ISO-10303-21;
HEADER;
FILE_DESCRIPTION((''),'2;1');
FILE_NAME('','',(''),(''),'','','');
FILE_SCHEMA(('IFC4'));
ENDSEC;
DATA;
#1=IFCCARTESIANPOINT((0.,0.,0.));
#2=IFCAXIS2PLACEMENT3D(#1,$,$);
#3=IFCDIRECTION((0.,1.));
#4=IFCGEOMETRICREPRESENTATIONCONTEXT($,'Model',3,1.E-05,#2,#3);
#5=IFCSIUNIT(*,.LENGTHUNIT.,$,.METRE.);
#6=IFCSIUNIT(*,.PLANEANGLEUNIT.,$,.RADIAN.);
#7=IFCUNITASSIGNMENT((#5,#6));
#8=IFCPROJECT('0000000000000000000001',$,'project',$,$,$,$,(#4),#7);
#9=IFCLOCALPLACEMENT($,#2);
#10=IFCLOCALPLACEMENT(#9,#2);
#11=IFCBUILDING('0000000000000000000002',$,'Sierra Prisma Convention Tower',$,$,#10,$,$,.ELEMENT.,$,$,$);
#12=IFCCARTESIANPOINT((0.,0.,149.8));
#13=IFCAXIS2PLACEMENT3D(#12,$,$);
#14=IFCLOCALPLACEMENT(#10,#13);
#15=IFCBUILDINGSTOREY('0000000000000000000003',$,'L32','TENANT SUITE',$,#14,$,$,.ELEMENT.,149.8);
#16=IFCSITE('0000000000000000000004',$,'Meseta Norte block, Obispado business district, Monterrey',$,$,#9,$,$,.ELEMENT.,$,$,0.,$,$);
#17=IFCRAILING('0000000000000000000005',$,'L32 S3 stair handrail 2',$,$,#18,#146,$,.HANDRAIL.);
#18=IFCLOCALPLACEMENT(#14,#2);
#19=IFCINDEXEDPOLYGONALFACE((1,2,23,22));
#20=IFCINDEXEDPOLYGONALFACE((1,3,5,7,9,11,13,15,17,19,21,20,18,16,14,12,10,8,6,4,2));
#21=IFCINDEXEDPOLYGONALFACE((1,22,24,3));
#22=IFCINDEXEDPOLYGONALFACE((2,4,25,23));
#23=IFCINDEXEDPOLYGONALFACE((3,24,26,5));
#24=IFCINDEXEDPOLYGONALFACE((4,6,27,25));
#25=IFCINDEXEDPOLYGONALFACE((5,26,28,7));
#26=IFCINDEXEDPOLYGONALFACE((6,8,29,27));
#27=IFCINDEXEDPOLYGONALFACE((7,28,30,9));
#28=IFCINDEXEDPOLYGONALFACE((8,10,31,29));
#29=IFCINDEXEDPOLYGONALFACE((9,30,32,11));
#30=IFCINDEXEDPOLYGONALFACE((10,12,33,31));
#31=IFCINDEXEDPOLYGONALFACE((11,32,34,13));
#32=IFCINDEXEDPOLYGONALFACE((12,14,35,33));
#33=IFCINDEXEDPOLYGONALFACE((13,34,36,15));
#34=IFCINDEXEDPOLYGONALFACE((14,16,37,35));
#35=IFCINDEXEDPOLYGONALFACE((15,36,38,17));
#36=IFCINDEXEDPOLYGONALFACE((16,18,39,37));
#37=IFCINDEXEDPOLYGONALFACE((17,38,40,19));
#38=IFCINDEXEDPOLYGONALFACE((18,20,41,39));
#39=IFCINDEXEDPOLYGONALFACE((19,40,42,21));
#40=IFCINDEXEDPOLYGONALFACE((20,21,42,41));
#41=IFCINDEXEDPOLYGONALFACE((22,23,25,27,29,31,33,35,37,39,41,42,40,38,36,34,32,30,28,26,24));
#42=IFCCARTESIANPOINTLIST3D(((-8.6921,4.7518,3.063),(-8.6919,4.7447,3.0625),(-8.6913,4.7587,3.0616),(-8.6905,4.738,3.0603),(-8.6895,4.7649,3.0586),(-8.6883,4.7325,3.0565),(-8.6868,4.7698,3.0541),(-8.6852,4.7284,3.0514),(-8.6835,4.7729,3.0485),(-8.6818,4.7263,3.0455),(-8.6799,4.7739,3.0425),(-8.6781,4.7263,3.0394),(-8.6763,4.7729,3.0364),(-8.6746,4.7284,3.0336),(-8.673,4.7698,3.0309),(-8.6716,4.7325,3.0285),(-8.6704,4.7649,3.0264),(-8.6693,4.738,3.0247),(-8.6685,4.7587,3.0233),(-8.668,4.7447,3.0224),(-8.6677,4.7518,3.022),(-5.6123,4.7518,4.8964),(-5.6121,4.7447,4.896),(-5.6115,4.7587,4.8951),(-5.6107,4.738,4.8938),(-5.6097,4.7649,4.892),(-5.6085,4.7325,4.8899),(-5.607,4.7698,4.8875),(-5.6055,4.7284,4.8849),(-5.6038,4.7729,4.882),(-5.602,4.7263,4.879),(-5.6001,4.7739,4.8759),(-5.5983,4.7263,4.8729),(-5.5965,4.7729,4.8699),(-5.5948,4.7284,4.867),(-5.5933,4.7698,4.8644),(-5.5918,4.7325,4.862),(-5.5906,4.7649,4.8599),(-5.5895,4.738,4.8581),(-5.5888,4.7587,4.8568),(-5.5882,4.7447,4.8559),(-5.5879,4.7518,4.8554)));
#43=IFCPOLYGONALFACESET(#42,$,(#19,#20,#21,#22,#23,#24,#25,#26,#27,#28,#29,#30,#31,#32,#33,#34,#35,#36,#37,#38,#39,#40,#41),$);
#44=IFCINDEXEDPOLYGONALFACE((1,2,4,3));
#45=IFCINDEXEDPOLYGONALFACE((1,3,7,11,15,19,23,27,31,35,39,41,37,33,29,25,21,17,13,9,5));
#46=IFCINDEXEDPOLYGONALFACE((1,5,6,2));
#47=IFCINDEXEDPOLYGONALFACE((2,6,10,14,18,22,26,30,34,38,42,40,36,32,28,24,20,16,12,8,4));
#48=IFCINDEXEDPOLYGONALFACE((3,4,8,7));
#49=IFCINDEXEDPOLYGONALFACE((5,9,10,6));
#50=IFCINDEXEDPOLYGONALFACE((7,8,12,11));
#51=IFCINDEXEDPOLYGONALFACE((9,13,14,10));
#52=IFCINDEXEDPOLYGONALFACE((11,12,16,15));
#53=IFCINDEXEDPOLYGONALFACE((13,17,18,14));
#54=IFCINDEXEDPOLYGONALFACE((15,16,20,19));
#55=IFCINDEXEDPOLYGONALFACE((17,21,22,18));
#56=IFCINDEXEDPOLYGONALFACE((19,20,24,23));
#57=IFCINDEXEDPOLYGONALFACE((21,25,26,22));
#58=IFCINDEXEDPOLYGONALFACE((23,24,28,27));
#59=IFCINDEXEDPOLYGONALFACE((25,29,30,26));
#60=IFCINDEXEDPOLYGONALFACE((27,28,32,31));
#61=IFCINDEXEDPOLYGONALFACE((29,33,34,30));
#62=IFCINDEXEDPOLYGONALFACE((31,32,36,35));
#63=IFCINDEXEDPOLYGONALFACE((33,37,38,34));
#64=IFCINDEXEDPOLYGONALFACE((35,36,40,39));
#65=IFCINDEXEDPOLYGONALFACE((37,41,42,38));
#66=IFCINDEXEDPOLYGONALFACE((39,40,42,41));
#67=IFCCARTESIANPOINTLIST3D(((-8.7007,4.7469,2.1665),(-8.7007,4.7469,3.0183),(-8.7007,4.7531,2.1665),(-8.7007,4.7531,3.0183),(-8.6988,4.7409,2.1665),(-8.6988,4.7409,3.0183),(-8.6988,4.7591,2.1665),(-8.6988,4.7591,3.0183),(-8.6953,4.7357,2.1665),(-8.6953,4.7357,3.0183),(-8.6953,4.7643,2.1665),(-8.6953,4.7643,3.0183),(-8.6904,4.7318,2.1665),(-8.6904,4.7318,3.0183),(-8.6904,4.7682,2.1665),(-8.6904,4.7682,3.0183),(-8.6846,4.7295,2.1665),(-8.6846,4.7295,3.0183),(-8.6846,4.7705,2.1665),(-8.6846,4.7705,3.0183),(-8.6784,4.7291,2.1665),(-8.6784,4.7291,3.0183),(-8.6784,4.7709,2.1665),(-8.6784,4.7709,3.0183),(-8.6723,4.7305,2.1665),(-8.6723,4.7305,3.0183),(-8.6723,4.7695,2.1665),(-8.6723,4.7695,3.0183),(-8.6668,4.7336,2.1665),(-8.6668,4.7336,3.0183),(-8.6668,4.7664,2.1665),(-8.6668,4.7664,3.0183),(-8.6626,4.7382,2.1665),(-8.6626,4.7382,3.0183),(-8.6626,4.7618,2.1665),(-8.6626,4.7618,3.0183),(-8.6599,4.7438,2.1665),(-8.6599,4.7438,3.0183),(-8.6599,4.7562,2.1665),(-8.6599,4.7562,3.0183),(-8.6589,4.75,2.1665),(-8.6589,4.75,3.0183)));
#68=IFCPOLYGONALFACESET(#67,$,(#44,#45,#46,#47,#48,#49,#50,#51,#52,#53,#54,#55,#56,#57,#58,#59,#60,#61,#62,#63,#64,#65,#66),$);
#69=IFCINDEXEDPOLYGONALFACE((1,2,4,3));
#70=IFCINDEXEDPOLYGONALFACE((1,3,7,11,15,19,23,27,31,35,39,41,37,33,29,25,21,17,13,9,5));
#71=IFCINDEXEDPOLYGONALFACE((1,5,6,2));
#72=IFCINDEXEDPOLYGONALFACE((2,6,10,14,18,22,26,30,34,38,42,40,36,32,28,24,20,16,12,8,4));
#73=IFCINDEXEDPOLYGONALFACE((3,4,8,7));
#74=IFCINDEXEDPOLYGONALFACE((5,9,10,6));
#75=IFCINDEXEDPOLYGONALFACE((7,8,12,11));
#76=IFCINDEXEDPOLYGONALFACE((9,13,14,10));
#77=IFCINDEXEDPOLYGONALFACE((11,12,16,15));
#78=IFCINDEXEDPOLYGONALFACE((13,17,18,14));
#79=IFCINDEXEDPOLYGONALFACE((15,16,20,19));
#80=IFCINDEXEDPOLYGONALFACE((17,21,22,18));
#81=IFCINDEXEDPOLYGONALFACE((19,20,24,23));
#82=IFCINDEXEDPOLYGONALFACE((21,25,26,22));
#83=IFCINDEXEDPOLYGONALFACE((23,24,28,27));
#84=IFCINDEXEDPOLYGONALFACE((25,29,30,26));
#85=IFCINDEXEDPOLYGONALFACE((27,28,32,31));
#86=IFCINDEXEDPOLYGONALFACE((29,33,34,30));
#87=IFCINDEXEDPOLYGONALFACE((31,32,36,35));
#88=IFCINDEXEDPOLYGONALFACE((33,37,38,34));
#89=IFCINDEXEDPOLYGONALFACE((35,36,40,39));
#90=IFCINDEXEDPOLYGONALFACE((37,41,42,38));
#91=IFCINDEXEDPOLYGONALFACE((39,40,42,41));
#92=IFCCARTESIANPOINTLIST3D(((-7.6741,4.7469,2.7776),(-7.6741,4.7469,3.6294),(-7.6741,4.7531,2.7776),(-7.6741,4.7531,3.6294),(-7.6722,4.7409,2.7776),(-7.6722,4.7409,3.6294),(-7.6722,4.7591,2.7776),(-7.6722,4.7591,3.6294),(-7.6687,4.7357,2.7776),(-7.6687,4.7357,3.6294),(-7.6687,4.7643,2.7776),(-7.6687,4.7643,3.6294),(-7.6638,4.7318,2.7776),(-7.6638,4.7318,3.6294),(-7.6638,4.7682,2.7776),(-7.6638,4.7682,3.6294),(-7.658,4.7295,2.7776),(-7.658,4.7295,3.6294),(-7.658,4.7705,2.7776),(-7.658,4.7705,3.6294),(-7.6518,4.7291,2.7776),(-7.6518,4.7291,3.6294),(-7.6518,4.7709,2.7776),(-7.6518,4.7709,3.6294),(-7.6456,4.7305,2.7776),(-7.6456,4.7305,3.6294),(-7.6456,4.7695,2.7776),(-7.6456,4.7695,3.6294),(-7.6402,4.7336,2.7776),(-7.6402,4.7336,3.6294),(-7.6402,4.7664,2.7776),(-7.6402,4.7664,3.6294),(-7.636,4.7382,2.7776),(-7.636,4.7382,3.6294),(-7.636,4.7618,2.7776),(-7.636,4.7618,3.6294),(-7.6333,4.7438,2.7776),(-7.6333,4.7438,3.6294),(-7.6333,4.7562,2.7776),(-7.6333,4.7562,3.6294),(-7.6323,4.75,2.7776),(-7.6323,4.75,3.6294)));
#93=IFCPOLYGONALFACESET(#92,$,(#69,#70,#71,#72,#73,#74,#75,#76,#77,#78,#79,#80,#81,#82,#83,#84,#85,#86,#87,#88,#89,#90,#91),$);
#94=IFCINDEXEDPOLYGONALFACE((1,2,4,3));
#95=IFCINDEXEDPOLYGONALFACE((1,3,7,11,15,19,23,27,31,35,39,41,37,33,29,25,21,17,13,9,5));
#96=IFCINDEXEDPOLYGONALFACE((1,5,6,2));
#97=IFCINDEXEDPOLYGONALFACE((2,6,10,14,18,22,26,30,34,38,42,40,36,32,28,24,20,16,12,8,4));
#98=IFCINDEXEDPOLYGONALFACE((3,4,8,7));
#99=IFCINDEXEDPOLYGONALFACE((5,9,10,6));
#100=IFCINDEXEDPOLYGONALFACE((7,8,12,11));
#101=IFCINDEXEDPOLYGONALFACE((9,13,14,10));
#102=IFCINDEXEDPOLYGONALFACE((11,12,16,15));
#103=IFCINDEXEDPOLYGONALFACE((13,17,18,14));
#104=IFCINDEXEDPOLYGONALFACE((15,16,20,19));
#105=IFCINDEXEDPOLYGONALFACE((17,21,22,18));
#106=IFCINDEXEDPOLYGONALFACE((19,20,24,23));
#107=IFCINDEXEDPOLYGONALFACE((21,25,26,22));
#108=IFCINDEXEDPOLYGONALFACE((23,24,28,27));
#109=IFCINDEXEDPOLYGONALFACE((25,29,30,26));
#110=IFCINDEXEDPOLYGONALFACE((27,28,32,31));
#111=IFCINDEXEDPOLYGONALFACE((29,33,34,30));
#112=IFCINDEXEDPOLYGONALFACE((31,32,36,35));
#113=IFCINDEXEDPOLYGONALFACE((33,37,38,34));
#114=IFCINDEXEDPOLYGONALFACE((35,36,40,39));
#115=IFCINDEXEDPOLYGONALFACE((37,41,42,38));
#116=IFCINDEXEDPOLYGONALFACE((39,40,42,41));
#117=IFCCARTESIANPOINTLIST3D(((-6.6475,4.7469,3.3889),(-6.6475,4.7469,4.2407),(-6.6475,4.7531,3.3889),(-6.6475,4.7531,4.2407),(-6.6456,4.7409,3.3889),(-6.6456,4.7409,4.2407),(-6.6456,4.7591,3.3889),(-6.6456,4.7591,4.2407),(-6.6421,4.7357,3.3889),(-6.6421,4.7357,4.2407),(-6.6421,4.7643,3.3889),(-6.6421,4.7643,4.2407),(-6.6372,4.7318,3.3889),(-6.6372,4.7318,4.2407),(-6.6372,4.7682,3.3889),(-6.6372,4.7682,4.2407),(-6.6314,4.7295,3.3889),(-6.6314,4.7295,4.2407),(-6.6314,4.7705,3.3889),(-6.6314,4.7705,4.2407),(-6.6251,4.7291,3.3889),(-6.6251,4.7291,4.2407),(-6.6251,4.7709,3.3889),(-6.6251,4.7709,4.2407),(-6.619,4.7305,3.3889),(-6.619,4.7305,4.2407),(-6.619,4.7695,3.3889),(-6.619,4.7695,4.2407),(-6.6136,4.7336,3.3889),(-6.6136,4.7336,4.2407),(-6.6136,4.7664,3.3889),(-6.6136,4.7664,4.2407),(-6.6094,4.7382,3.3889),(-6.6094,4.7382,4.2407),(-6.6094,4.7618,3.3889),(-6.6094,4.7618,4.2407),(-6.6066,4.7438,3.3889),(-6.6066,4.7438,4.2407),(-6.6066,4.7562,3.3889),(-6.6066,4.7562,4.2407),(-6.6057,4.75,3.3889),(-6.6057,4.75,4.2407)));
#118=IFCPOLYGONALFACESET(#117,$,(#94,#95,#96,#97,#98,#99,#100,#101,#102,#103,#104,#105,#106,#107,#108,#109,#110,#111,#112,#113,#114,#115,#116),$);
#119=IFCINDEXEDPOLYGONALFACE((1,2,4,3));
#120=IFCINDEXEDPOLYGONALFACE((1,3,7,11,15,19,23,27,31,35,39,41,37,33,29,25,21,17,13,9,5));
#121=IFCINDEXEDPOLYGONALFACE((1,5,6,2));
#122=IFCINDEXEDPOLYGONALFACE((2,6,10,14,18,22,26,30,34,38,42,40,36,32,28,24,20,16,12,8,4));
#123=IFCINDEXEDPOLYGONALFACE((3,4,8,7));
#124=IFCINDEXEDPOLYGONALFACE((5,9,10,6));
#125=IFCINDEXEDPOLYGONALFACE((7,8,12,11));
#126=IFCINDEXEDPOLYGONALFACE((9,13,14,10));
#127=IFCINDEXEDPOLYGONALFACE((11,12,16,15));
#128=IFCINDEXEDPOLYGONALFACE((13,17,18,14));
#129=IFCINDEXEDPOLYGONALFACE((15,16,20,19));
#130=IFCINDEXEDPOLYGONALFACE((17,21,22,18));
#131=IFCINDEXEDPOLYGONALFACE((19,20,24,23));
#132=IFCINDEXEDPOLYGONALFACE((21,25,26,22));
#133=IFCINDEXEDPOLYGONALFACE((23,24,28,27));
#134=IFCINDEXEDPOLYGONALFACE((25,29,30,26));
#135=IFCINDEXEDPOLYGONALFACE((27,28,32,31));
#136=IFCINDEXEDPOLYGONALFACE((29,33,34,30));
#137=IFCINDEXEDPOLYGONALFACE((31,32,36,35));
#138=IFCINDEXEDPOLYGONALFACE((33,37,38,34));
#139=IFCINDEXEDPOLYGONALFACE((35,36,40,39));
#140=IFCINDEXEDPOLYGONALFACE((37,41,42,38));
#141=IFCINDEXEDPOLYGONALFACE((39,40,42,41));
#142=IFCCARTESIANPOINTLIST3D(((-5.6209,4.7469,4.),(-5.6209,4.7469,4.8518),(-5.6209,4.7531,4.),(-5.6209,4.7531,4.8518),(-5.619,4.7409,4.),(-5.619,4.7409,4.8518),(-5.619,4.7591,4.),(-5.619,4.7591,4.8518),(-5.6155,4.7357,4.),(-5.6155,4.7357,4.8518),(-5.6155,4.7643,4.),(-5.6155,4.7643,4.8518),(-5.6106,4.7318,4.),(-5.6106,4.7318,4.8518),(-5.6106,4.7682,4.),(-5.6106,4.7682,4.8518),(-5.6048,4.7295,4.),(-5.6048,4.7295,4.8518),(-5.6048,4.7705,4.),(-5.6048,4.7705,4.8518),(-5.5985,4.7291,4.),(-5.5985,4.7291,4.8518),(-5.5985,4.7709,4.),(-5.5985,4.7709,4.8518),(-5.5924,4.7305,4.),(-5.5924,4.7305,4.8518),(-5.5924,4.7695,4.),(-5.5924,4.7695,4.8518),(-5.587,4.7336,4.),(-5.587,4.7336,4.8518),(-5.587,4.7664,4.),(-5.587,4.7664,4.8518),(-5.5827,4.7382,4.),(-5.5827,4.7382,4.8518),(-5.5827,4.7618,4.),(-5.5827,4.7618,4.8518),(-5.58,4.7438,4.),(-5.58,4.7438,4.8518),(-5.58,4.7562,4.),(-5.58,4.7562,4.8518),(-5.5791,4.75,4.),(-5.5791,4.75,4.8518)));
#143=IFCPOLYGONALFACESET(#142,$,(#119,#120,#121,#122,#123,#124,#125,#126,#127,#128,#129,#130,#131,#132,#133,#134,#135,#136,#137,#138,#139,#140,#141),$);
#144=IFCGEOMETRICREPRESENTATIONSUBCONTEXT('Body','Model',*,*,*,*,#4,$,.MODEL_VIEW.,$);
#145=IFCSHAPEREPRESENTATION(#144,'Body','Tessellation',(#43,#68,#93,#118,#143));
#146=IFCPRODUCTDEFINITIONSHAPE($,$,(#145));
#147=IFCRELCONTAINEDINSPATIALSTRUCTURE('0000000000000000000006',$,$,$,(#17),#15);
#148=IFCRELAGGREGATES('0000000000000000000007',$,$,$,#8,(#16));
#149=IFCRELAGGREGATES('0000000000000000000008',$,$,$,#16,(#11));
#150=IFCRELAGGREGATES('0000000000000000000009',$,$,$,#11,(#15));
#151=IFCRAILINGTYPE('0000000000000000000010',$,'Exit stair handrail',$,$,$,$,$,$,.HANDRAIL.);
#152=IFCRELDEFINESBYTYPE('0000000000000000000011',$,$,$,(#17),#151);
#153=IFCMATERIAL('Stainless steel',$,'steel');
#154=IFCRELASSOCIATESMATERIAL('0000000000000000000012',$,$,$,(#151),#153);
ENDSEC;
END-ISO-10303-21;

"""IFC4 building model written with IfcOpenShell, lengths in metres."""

from ifc_helpers import new_model, si_unit, direction, frame, origin, origin_2d, place, context, subcontext, project, spatial, circle, extrude, material, type_object, element, save


model = new_model("IFC4")

# Units and contexts
model_context = context("Model", 3, precision=1e-05, world=origin(), true_north=direction((0.0, 1.0)))
body_context = subcontext(model_context, "Body", "Model", "MODEL_VIEW")
ifc_project = project(units=[si_unit("LENGTHUNIT", "METRE"), si_unit("PLANEANGLEUNIT", "RADIAN")], contexts=[model_context])

# Site, building, storey
site_placement = place(None, origin())
site = spatial("IfcSite", under=ifc_project, at=site_placement, Name="Meseta Norte block, Obispado business district, Monterrey", CompositionType="ELEMENT", RefElevation=0.0)
building_placement = place(site_placement, origin())
building = spatial("IfcBuilding", under=site, at=building_placement, Name="Sierra Prisma Convention Tower", CompositionType="ELEMENT")
storey_placement = place(building_placement, frame((0.0, 0.0, 149.8)))
storey = spatial("IfcBuildingStorey", under=building, at=storey_placement, Name="L32", Description="TENANT SUITE", CompositionType="ELEMENT", Elevation=149.8)

# Railing
ifc_material_1 = material(Name="Stainless steel", Category="steel")
railing_type_1 = type_object("IfcRailingType", Name="Exit stair handrail", PredefinedType="HANDRAIL", material=ifc_material_1)
railing_1_placement = place(storey_placement, frame((-8.6799, 4.75, 2.1665)))
element("IfcRailing", 1, at=railing_1_placement, inside=storey, type_object=railing_type_1, Name="L32 S3 stair handrail 2", PredefinedType="HANDRAIL", context=body_context, shape_type="SweptSolid", body=[
    extrude(circle(Radius=0.0239, at=origin_2d()), frame((0.0, 0.0, 0.876), z_axis=(0.859261, 0.0, 0.511538), x_axis=(0.0, 1.0, 0.0)), (0.0, 0.0, 1.0), 3.5842),
    extrude(circle(Radius=0.021, at=origin_2d()), origin(), (0.0, 0.0, 1.0), 0.8518),
    extrude(circle(Radius=0.021, at=origin_2d()), frame((1.0266, 0.0, 0.6111)), (0.0, 0.0, 1.0), 0.8518),
    extrude(circle(Radius=0.021, at=origin_2d()), frame((2.0532, 0.0, 1.2224)), (0.0, 0.0, 1.0), 0.8518),
    extrude(circle(Radius=0.021, at=origin_2d()), frame((3.0798, 0.0, 1.8335)), (0.0, 0.0, 1.0), 0.8518),
])

save(model, "model.ifc")
